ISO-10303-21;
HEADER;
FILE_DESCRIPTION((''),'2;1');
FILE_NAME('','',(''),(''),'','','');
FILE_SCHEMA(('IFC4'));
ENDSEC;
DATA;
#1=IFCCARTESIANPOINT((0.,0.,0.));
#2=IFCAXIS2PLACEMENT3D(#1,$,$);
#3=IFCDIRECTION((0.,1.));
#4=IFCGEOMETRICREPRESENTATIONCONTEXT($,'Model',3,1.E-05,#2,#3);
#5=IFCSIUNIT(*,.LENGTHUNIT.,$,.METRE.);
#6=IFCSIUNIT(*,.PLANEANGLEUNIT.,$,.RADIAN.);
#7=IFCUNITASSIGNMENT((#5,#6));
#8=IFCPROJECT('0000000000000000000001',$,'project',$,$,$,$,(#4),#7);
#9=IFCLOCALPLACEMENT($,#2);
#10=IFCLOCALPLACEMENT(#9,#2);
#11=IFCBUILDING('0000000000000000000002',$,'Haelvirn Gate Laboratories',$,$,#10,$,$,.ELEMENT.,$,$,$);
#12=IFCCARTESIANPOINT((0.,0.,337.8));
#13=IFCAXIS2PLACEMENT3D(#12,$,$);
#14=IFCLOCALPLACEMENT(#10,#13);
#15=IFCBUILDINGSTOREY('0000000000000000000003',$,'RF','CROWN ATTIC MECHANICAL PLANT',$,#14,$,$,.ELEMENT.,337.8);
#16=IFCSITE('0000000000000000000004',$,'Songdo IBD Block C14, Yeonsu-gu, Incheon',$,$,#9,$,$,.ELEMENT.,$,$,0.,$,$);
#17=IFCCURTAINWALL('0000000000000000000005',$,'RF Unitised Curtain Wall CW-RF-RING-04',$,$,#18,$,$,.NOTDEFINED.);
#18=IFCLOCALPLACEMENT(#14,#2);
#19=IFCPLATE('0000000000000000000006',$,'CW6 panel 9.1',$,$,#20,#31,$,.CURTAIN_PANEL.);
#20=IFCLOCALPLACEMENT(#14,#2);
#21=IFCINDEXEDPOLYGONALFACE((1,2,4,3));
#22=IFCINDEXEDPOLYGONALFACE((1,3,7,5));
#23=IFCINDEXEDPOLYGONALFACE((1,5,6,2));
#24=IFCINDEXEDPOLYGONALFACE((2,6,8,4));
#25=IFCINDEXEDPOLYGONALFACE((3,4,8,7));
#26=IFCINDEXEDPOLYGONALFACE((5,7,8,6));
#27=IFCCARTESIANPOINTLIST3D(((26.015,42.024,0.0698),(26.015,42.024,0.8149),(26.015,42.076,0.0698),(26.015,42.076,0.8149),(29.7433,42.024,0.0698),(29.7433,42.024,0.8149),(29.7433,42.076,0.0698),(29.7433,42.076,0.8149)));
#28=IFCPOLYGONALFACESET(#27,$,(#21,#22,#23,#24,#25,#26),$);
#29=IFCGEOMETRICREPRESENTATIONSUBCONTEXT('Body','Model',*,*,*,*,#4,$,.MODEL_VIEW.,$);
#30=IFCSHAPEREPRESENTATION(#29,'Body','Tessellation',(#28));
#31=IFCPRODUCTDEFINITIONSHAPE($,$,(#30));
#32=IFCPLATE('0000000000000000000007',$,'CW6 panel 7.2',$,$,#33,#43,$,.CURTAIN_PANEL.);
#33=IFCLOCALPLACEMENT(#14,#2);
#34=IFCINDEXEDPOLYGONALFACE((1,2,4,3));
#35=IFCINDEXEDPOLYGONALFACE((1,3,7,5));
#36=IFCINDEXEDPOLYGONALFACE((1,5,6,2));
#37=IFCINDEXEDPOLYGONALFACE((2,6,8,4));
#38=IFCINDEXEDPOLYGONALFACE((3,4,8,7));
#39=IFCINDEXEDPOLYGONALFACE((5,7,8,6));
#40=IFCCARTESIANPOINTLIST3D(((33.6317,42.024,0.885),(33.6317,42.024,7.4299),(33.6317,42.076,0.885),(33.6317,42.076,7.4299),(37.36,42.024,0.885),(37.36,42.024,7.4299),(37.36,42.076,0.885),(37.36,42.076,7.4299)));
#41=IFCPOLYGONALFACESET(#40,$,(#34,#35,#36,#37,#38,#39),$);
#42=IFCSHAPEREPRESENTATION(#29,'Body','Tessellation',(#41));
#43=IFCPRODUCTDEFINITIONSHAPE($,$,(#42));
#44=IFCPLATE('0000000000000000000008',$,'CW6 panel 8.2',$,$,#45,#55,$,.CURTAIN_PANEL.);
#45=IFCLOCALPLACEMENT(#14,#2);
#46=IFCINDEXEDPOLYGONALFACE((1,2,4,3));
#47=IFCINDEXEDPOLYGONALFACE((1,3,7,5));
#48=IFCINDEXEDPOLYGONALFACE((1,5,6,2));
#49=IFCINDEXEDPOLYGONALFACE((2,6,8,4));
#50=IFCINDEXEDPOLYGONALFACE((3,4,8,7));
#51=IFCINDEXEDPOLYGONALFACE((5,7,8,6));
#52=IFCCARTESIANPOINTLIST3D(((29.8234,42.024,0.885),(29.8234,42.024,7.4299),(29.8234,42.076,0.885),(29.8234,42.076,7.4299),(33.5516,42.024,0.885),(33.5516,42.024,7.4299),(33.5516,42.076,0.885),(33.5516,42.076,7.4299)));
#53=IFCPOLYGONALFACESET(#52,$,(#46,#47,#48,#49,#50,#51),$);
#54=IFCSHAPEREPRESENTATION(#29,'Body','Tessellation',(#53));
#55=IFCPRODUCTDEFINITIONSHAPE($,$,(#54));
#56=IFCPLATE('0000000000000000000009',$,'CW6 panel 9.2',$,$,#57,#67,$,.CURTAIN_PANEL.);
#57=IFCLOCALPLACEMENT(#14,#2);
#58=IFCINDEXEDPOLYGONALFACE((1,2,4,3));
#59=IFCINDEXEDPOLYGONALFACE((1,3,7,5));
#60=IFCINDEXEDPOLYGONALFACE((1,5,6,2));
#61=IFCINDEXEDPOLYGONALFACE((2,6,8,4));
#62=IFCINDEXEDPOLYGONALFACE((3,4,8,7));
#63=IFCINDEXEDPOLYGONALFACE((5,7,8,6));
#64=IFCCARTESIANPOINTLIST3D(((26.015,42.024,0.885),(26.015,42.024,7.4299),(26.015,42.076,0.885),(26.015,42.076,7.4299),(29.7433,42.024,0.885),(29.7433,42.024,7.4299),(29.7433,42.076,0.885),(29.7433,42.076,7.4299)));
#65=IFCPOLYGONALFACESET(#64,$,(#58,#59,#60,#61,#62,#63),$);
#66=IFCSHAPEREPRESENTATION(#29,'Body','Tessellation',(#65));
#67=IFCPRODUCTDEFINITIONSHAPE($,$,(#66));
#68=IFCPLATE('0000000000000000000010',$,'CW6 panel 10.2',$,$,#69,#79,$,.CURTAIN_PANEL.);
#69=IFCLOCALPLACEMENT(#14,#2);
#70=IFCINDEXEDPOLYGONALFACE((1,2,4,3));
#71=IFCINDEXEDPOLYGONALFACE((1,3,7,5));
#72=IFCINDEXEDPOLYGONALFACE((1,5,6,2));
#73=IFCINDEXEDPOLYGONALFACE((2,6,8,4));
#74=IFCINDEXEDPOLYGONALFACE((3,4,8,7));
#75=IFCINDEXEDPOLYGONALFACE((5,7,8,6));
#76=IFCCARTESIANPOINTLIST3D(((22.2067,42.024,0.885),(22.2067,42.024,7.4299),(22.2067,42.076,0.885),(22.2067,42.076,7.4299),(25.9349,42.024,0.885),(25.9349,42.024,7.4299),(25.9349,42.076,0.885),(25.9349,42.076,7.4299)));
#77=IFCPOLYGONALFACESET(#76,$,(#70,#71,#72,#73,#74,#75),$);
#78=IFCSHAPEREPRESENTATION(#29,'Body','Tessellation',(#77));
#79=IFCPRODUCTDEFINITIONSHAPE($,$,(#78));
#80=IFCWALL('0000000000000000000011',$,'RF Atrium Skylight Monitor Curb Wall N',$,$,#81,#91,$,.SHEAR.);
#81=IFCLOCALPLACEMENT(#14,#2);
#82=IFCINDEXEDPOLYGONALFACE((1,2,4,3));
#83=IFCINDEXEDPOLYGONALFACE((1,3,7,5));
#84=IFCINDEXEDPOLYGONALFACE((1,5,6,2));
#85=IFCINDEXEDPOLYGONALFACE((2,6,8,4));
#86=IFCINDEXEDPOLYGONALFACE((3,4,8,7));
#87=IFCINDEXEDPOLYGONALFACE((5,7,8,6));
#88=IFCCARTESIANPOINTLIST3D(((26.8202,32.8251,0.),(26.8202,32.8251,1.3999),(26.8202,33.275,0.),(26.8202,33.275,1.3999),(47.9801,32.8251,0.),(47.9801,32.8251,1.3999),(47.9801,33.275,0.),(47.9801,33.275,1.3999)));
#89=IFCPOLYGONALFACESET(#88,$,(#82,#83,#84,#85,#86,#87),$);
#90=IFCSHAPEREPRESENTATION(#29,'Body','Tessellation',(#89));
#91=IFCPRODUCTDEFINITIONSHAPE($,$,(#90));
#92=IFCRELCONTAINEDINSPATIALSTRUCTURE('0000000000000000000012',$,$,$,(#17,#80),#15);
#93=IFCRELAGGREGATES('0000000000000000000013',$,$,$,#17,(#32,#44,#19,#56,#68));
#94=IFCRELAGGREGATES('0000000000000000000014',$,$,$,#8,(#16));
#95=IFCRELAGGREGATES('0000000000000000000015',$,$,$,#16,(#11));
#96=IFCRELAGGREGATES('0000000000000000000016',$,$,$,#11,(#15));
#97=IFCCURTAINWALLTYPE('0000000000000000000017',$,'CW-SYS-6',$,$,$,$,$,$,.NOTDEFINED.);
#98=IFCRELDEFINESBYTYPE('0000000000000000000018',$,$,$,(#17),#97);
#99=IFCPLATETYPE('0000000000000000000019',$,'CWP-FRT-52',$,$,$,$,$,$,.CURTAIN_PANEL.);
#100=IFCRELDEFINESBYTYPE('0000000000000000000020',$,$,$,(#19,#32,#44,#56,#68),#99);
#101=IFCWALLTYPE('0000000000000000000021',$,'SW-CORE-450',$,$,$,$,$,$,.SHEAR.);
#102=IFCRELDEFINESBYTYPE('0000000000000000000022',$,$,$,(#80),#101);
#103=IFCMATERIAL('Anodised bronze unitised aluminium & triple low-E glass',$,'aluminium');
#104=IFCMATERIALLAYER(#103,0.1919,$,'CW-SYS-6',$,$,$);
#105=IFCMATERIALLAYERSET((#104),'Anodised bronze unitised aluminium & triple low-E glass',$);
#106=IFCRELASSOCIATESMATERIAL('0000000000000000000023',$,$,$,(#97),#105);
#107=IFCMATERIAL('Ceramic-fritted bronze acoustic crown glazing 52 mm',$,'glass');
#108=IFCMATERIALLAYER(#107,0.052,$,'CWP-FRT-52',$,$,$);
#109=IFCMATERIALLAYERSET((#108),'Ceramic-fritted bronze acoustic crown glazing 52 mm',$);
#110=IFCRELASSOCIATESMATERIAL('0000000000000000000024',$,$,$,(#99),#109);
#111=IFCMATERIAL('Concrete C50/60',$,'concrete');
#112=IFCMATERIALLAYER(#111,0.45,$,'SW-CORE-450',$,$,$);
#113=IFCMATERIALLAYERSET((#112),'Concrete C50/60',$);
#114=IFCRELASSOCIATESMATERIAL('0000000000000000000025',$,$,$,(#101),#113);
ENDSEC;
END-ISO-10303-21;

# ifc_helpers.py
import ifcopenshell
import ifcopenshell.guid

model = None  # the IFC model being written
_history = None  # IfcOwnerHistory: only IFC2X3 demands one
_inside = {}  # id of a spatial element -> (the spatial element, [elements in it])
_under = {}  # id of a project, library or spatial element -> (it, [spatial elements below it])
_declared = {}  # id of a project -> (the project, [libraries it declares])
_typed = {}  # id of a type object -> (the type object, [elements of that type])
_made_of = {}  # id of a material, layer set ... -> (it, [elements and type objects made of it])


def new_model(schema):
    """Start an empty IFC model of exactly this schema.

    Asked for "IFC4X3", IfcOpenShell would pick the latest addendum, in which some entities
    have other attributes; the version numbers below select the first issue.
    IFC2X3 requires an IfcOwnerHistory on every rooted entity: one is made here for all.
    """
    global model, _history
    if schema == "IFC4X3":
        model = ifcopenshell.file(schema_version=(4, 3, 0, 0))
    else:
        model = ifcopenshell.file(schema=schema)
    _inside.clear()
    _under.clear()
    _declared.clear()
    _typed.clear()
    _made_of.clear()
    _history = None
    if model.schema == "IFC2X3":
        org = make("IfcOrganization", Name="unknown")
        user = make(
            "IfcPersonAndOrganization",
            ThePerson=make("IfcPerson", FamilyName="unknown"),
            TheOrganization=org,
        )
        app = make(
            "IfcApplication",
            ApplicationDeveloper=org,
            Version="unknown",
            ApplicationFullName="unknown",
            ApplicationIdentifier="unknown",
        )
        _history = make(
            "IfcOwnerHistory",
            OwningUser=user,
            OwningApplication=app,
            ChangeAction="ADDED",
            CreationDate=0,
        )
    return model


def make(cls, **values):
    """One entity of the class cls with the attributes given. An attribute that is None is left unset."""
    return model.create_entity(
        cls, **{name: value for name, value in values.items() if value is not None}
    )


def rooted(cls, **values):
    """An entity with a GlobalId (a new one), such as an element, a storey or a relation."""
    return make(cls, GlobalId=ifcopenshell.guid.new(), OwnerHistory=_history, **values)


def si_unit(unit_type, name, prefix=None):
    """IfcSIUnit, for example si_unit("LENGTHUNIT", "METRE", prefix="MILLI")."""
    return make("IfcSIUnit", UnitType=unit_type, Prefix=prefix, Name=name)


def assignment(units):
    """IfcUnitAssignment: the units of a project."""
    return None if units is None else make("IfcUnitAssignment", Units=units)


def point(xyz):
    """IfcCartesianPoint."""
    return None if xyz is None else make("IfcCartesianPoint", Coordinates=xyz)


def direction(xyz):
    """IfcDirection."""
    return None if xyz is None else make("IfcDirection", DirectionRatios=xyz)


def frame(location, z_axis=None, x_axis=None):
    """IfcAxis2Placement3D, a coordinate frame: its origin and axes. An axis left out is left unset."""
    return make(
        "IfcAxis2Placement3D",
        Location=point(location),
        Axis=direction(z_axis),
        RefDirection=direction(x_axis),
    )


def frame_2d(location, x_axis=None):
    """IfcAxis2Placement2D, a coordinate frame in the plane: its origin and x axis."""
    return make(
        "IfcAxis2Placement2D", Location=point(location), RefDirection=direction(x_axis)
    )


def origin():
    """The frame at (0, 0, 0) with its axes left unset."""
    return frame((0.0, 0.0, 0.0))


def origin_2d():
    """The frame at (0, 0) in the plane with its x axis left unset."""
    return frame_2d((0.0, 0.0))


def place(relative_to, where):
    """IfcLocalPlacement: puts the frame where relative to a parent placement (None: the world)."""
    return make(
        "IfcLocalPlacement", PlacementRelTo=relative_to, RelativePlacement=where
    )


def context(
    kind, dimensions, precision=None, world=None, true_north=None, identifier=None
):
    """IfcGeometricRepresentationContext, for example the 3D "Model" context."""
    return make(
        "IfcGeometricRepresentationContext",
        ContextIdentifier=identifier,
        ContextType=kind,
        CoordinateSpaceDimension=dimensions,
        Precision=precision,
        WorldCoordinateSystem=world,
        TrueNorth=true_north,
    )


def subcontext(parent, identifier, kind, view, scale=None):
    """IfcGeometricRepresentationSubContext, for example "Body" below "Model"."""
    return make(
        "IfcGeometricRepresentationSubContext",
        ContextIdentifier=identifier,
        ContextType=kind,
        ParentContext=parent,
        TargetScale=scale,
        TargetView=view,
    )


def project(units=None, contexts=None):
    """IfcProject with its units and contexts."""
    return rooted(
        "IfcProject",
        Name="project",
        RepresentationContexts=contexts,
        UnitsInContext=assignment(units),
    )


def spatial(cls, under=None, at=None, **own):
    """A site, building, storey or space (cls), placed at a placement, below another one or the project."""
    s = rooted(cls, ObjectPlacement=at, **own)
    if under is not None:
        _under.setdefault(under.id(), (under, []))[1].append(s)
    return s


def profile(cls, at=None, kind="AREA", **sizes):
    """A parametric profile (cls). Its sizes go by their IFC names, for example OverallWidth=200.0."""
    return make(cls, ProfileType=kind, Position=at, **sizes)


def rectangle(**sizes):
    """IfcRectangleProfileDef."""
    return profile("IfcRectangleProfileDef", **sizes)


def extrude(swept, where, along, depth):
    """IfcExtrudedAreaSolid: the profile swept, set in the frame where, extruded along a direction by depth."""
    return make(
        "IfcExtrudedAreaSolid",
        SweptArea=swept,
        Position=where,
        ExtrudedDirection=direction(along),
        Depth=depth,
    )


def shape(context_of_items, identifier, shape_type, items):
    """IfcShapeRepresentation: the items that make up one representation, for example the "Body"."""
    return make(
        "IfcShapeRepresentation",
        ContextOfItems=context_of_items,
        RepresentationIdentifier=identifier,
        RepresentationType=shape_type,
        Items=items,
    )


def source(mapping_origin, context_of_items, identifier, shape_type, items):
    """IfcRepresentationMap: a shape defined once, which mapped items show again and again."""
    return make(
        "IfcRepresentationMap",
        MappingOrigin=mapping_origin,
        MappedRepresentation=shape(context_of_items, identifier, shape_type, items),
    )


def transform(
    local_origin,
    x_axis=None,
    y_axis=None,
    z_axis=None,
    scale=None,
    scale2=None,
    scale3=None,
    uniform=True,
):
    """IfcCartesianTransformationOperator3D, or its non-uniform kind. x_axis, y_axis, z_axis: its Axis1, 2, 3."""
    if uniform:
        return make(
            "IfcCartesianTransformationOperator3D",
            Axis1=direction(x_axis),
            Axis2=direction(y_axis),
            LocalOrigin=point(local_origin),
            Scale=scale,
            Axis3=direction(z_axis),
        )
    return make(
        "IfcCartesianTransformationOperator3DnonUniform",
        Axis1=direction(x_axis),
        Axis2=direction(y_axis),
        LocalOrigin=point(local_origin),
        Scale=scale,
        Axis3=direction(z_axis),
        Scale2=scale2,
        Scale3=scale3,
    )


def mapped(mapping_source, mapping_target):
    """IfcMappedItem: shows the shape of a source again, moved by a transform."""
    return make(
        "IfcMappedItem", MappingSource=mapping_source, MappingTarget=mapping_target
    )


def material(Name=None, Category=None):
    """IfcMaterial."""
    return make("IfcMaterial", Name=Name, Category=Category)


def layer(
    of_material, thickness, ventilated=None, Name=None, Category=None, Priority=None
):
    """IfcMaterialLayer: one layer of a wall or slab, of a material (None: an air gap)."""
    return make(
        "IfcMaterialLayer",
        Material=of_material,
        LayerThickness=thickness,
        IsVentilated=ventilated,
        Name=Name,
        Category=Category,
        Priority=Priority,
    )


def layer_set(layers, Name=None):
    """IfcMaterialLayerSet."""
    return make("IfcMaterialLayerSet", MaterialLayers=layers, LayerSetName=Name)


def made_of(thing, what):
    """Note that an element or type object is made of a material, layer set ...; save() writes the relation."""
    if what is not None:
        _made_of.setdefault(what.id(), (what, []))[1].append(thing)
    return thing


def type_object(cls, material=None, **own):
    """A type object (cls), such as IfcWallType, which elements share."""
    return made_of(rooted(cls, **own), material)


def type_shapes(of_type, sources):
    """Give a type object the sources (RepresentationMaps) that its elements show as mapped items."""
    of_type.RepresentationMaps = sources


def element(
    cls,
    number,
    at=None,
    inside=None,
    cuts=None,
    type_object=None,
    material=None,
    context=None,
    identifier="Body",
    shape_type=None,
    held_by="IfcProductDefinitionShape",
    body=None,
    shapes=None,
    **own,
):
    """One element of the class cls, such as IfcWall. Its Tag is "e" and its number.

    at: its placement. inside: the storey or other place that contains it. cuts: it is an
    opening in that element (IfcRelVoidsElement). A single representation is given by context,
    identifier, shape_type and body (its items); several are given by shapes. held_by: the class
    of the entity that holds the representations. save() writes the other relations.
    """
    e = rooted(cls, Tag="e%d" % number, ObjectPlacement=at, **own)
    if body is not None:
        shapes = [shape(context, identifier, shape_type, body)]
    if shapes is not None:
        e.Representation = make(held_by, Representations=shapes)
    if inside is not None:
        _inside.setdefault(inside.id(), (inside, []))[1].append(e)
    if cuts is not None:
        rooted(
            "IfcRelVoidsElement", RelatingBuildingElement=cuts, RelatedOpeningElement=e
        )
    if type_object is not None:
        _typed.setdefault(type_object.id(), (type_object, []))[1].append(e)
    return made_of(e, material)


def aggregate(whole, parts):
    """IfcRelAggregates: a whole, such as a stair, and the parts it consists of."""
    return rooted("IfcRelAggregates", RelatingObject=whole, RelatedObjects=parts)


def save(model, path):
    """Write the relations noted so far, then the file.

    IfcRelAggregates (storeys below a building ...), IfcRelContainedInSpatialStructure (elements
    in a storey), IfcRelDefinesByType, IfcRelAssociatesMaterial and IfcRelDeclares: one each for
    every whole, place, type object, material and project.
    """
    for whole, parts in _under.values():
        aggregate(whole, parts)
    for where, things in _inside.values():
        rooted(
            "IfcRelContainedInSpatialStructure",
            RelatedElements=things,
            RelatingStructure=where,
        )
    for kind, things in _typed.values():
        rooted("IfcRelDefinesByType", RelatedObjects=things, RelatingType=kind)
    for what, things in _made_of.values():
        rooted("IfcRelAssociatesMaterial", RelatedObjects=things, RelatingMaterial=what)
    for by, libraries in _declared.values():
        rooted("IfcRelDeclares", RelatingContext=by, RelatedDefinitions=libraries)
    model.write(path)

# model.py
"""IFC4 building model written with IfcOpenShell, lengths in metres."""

from ifc_helpers import new_model, si_unit, direction, frame, frame_2d, origin, origin_2d, place, context, subcontext, project, spatial, rectangle, extrude, source, transform, mapped, material, layer, layer_set, type_object, type_shapes, element, aggregate, save


model = new_model("IFC4")

# Units and contexts
model_context = context("Model", 3, precision=1e-05, world=origin(), true_north=direction((0.0, 1.0)))
body_context = subcontext(model_context, "Body", "Model", "MODEL_VIEW")
ifc_project = project(units=[si_unit("LENGTHUNIT", "METRE"), si_unit("PLANEANGLEUNIT", "RADIAN")], contexts=[model_context])

# Site, building, storey
site_placement = place(None, origin())
site = spatial("IfcSite", under=ifc_project, at=site_placement, Name="Songdo IBD Block C14, Yeonsu-gu, Incheon", CompositionType="ELEMENT", RefElevation=0.0)
building_placement = place(site_placement, origin())
building = spatial("IfcBuilding", under=site, at=building_placement, Name="Haelvirn Gate Laboratories", CompositionType="ELEMENT")
storey_placement = place(building_placement, frame((0.0, 0.0, 337.8)))
storey = spatial("IfcBuildingStorey", under=building, at=storey_placement, Name="RF", Description="CROWN ATTIC MECHANICAL PLANT", CompositionType="ELEMENT", Elevation=337.8)

# Curtain wall
ifc_material_1 = material(Name="Anodised bronze unitised aluminium & triple low-E glass", Category="aluminium")
ifc_layer_1 = layer(ifc_material_1, 0.1919, Name="CW-SYS-6")
ifc_layer_set_1 = layer_set([ifc_layer_1], Name="Anodised bronze unitised aluminium & triple low-E glass")
curtain_wall_type = type_object("IfcCurtainWallType", Name="CW-SYS-6", PredefinedType="NOTDEFINED", material=ifc_layer_set_1)
curtain_wall_placement = place(storey_placement, origin())
curtain_wall = element("IfcCurtainWall", 1, at=curtain_wall_placement, inside=storey, type_object=curtain_wall_type, Name="RF Unitised Curtain Wall CW-RF-RING-04", PredefinedType="NOTDEFINED")

# Plates
ifc_material_2 = material(Name="Ceramic-fritted bronze acoustic crown glazing 52 mm", Category="glass")
ifc_layer_2 = layer(ifc_material_2, 0.052, Name="CWP-FRT-52")
ifc_layer_set_2 = layer_set([ifc_layer_2], Name="Ceramic-fritted bronze acoustic crown glazing 52 mm")
plate_type_1 = type_object("IfcPlateType", Name="CWP-FRT-52", PredefinedType="CURTAIN_PANEL", material=ifc_layer_set_2)
shared_shape_1 = source(origin(), body_context, "Body", "SweptSolid", [
    extrude(rectangle(XDim=3.7283, YDim=0.052, at=origin_2d()), origin(), (0.0, 0.0, 1.0), 0.7451),
])
plate_1_placement = place(storey_placement, frame((27.8792, 42.05, 0.0698), z_axis=(0.0, 0.0, 1.0), x_axis=(-1.0, 0.0, 0.0)))
plate_1 = element("IfcPlate", 2, at=plate_1_placement, type_object=plate_type_1, Name="CW6 panel 9.1", PredefinedType="CURTAIN_PANEL", context=body_context, shape_type="MappedRepresentation", body=[
    mapped(shared_shape_1, transform((0.0, 0.0, 0.0), scale=1.0)),
])
shared_shape_2 = source(origin(), body_context, "Body", "SweptSolid", [
    extrude(rectangle(XDim=3.7283, YDim=0.052, at=origin_2d()), origin(), (0.0, 0.0, 1.0), 6.5449),
])
type_shapes(plate_type_1, [shared_shape_1, shared_shape_2])
plate_2_placement = place(storey_placement, frame((35.4958, 42.05, 0.885), z_axis=(0.0, 0.0, 1.0), x_axis=(-1.0, 0.0, 0.0)))
plate_2 = element("IfcPlate", 3, at=plate_2_placement, type_object=plate_type_1, Name="CW6 panel 7.2", PredefinedType="CURTAIN_PANEL", context=body_context, shape_type="MappedRepresentation", body=[
    mapped(shared_shape_2, transform((0.0, 0.0, 0.0), scale=1.0)),
])
plate_3_placement = place(storey_placement, frame((31.6875, 42.05, 0.885), z_axis=(0.0, 0.0, 1.0), x_axis=(-1.0, 0.0, 0.0)))
plate_3 = element("IfcPlate", 4, at=plate_3_placement, type_object=plate_type_1, Name="CW6 panel 8.2", PredefinedType="CURTAIN_PANEL", context=body_context, shape_type="MappedRepresentation", body=[
    mapped(shared_shape_2, transform((0.0, 0.0, 0.0), scale=1.0)),
])
plate_4_placement = place(storey_placement, frame((27.8792, 42.05, 0.885), z_axis=(0.0, 0.0, 1.0), x_axis=(-1.0, 0.0, 0.0)))
plate_4 = element("IfcPlate", 5, at=plate_4_placement, type_object=plate_type_1, Name="CW6 panel 9.2", PredefinedType="CURTAIN_PANEL", context=body_context, shape_type="MappedRepresentation", body=[
    mapped(shared_shape_2, transform((0.0, 0.0, 0.0), scale=1.0)),
])
plate_5_placement = place(storey_placement, frame((24.0708, 42.05, 0.885), z_axis=(0.0, 0.0, 1.0), x_axis=(-1.0, 0.0, 0.0)))
plate_5 = element("IfcPlate", 6, at=plate_5_placement, type_object=plate_type_1, Name="CW6 panel 10.2", PredefinedType="CURTAIN_PANEL", context=body_context, shape_type="MappedRepresentation", body=[
    mapped(shared_shape_2, transform((0.0, 0.0, 0.0), scale=1.0)),
])
aggregate(curtain_wall, [plate_2, plate_3, plate_1, plate_4, plate_5])

# Wall
ifc_material_3 = material(Name="Concrete C50/60", Category="concrete")
ifc_layer_3 = layer(ifc_material_3, 0.45, Name="SW-CORE-450")
ifc_layer_set_3 = layer_set([ifc_layer_3], Name="Concrete C50/60")
wall_type = type_object("IfcWallType", Name="SW-CORE-450", PredefinedType="SHEAR", material=ifc_layer_set_3)
wall_placement = place(storey_placement, frame((26.8201, 33.05, 0.0), z_axis=(0.0, 0.0, 1.0), x_axis=(1.0, 0.0, 0.0)))
element("IfcWall", 7, at=wall_placement, inside=storey, type_object=wall_type, Name="RF Atrium Skylight Monitor Curb Wall N", PredefinedType="SHEAR", context=body_context, shape_type="SweptSolid", body=[
    extrude(rectangle(XDim=21.1599, YDim=0.45, at=frame_2d((10.5801, 0.0))), origin(), (0.0, 0.0, 1.0), 1.3999),
])

save(model, "model.ifc")
